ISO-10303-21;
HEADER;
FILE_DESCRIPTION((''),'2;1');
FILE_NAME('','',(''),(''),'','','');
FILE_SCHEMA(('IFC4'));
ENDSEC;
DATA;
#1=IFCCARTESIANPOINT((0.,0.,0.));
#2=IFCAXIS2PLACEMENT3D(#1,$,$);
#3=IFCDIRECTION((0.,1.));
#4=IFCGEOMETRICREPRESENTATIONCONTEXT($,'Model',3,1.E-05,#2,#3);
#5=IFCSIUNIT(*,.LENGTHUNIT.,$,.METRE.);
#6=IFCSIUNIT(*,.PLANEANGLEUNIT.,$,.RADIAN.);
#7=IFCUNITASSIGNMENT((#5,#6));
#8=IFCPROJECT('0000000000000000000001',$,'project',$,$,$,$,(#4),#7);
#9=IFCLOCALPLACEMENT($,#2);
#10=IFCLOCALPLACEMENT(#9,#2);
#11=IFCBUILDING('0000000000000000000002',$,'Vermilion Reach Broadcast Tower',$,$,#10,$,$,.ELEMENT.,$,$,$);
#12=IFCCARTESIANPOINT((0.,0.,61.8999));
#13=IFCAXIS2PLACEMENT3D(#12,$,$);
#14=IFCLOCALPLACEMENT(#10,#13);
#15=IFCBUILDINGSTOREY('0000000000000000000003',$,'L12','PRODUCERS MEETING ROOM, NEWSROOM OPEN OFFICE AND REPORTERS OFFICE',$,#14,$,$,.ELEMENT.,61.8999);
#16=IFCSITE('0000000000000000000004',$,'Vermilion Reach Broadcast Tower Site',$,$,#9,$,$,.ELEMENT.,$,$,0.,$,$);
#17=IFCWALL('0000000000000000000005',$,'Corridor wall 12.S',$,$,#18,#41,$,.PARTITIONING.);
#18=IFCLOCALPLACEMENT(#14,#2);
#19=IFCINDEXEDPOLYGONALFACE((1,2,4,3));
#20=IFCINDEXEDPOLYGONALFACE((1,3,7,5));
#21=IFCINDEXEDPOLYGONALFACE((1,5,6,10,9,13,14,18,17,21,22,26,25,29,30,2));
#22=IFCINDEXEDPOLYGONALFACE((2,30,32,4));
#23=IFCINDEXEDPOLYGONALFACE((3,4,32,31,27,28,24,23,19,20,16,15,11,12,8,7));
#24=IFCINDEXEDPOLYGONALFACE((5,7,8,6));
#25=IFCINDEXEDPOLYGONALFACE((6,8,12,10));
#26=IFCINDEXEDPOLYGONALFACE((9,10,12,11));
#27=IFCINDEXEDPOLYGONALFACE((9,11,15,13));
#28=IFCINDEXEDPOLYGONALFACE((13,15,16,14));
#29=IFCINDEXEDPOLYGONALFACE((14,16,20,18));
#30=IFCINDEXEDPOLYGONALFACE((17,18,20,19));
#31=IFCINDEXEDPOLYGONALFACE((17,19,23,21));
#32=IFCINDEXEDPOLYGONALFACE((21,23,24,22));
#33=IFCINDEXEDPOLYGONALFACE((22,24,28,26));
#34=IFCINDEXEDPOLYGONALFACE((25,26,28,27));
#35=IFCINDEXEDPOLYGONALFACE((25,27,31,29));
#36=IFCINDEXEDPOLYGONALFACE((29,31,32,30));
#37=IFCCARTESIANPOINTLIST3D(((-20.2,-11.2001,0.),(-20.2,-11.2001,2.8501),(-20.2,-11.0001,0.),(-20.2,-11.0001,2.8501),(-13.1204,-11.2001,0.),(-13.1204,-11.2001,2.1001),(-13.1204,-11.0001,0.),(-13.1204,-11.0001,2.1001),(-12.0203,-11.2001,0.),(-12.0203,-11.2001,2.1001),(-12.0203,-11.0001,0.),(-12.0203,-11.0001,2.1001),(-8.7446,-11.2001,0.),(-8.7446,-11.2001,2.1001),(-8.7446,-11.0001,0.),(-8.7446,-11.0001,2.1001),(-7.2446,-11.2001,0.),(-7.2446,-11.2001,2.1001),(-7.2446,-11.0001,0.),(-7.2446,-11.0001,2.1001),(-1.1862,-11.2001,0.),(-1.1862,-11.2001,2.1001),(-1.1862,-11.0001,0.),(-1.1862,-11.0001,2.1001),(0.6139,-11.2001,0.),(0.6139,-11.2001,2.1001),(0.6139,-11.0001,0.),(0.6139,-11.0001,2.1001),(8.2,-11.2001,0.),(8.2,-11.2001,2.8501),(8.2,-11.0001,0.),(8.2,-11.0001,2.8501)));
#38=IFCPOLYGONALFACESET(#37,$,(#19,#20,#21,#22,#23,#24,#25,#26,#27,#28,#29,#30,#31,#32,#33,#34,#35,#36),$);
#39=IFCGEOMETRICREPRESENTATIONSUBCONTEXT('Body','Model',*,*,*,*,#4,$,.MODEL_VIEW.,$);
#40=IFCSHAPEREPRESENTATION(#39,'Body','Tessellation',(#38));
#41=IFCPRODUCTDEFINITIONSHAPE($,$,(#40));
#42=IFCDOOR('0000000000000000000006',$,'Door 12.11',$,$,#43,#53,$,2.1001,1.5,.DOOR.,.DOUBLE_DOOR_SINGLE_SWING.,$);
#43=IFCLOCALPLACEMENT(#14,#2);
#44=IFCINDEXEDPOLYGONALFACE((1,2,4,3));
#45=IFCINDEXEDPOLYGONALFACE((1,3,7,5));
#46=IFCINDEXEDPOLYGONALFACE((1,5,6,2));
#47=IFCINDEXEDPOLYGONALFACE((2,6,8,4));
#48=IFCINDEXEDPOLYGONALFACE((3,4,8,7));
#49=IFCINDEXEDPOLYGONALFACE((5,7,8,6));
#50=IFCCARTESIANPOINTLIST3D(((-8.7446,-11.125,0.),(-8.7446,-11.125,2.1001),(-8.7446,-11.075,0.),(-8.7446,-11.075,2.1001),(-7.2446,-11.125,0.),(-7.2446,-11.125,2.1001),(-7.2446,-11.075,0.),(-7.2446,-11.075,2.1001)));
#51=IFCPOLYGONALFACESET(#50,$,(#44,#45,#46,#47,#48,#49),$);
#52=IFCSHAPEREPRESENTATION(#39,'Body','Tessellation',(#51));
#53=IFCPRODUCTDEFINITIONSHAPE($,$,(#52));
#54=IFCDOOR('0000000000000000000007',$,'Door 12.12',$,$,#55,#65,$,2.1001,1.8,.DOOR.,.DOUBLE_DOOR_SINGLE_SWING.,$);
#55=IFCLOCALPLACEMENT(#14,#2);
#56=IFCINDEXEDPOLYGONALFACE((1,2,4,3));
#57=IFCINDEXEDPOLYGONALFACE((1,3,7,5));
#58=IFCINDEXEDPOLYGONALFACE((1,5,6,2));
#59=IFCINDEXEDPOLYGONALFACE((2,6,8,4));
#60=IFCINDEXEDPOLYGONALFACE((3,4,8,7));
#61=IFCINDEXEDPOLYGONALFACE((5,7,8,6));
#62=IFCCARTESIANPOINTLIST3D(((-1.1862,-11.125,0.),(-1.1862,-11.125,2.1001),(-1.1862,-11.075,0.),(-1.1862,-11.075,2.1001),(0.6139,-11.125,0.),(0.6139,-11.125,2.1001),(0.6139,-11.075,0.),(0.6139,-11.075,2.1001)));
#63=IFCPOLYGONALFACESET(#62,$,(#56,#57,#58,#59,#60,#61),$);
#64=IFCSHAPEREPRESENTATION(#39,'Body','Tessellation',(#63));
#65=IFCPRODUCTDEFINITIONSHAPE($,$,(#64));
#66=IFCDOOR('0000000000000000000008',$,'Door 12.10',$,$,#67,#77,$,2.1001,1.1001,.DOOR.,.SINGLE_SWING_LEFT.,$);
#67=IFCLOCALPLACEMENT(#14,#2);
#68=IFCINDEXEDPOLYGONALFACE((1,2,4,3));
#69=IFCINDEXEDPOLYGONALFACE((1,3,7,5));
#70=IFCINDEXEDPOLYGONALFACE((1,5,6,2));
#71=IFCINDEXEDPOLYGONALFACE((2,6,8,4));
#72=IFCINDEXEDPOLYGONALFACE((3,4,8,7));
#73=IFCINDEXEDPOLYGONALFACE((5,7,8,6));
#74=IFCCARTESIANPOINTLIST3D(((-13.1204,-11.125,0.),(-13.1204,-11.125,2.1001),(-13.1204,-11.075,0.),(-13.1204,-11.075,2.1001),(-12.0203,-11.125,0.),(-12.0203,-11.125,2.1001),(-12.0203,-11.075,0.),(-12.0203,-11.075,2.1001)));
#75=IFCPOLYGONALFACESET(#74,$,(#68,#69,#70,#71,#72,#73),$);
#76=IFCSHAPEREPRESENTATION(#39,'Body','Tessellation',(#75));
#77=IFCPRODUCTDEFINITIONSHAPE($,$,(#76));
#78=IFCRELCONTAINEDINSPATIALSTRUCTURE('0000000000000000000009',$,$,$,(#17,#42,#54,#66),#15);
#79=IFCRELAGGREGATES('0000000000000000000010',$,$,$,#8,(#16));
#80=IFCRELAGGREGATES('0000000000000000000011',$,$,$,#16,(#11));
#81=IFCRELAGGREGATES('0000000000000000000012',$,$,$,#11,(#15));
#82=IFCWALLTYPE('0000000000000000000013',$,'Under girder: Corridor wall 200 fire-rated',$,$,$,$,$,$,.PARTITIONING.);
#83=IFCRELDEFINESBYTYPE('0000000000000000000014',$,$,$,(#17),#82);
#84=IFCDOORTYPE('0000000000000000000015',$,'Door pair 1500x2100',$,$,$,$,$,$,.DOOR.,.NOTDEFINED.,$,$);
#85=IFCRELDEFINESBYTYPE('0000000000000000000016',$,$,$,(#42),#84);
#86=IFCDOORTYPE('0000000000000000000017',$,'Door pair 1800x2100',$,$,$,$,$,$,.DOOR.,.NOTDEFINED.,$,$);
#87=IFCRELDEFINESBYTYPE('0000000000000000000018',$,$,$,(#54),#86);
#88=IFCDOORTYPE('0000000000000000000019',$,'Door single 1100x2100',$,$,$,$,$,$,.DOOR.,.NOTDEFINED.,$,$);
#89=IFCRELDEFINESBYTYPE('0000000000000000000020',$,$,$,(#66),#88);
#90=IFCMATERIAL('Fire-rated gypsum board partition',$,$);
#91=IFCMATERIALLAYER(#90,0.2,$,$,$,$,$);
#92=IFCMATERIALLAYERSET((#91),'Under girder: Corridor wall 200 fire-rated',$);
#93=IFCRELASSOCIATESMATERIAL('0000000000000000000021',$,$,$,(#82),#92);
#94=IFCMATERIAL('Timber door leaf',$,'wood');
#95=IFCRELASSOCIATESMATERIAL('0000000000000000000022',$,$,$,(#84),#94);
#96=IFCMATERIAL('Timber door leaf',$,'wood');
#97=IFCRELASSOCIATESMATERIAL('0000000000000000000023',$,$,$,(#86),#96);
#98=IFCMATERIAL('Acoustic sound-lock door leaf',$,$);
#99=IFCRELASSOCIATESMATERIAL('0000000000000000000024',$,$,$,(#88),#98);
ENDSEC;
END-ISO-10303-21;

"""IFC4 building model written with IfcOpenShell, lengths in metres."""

from ifc_helpers import new_model, si_unit, direction, frame, frame_2d, origin, place, context, subcontext, project, spatial, rectangle, extrude, material, layer, layer_set, type_object, element, fill, save


model = new_model("IFC4")

# Units and contexts
model_context = context("Model", 3, precision=1e-05, world=origin(), true_north=direction((0.0, 1.0)))
body_context = subcontext(model_context, "Body", "Model", "MODEL_VIEW")
ifc_project = project(units=[si_unit("LENGTHUNIT", "METRE"), si_unit("PLANEANGLEUNIT", "RADIAN")], contexts=[model_context])

# Site, building, storey
site_placement = place(None, origin())
site = spatial("IfcSite", under=ifc_project, at=site_placement, Name="Vermilion Reach Broadcast Tower Site", CompositionType="ELEMENT", RefElevation=0.0)
building_placement = place(site_placement, origin())
building = spatial("IfcBuilding", under=site, at=building_placement, Name="Vermilion Reach Broadcast Tower", CompositionType="ELEMENT")
storey_placement = place(building_placement, frame((0.0, 0.0, 61.8999)))
storey = spatial("IfcBuildingStorey", under=building, at=storey_placement, Name="L12", Description="PRODUCERS MEETING ROOM, NEWSROOM OPEN OFFICE AND REPORTERS OFFICE", CompositionType="ELEMENT", Elevation=61.8999)

# Wall, openings, doors
ifc_material_1 = material(Name="Fire-rated gypsum board partition")
ifc_layer_1 = layer(ifc_material_1, 0.2)
ifc_layer_set_1 = layer_set([ifc_layer_1], Name="Under girder: Corridor wall 200 fire-rated")
wall_type_1 = type_object("IfcWallType", Name="Under girder: Corridor wall 200 fire-rated", PredefinedType="PARTITIONING", material=ifc_layer_set_1)
wall_1_placement = place(storey_placement, frame((8.2, -11.1001, 0.0), z_axis=(0.0, 0.0, 1.0), x_axis=(-1.0, 0.0, 0.0)))
wall_1 = element("IfcWall", 1, at=wall_1_placement, inside=storey, type_object=wall_type_1, Name="Corridor wall 12.S", PredefinedType="PARTITIONING", context=body_context, shape_type="SweptSolid", body=[
    extrude(rectangle(XDim=28.3999, YDim=0.2, at=frame_2d((14.2, 0.0))), origin(), (0.0, 0.0, 1.0), 2.8501),
])
opening_1_placement = place(wall_1_placement, frame((20.2202, 0.0, 0.0)))
opening_1 = element("IfcOpeningElement", 2, at=opening_1_placement, cuts=wall_1, PredefinedType="OPENING", context=body_context, shape_type="SweptSolid", body=[
    extrude(rectangle(XDim=1.1001, YDim=2.1001, at=frame_2d((0.55, 1.05))), frame((0.0, 0.1099, 0.0), z_axis=(0.0, -1.0, 0.0), x_axis=(1.0, 0.0, 0.0)), (0.0, 0.0, 1.0), 0.22),
])
opening_2_placement = place(wall_1_placement, frame((15.4446, 0.0, 0.0)))
opening_2 = element("IfcOpeningElement", 3, at=opening_2_placement, cuts=wall_1, PredefinedType="OPENING", context=body_context, shape_type="SweptSolid", body=[
    extrude(rectangle(XDim=1.5, YDim=2.1001, at=frame_2d((0.75, 1.05))), frame((0.0, 0.1099, 0.0), z_axis=(0.0, -1.0, 0.0), x_axis=(1.0, 0.0, 0.0)), (0.0, 0.0, 1.0), 0.22),
])
opening_3_placement = place(wall_1_placement, frame((7.5862, 0.0, 0.0)))
opening_3 = element("IfcOpeningElement", 4, at=opening_3_placement, cuts=wall_1, PredefinedType="OPENING", context=body_context, shape_type="SweptSolid", body=[
    extrude(rectangle(XDim=1.8, YDim=2.1001, at=frame_2d((0.8999, 1.05))), frame((0.0, 0.1099, 0.0), z_axis=(0.0, -1.0, 0.0), x_axis=(1.0, 0.0, 0.0)), (0.0, 0.0, 1.0), 0.22),
])
ifc_material_2 = material(Name="Timber door leaf", Category="wood")
door_type_1 = type_object("IfcDoorType", Name="Door pair 1500x2100", OperationType="NOTDEFINED", PredefinedType="DOOR", material=ifc_material_2)
door_1_placement = place(opening_2_placement, origin())
door_1 = element("IfcDoor", 5, at=door_1_placement, inside=storey, type_object=door_type_1, Name="Door 12.11", OperationType="DOUBLE_DOOR_SINGLE_SWING", OverallHeight=2.1001, OverallWidth=1.5, PredefinedType="DOOR", context=body_context, shape_type="SweptSolid", body=[
    extrude(rectangle(XDim=1.5, YDim=2.1001, at=frame_2d((0.75, 1.05))), frame((0.0, 0.0249, 0.0), z_axis=(0.0, -1.0, 0.0), x_axis=(1.0, 0.0, 0.0)), (0.0, 0.0, 1.0), 0.05),
])
fill(opening_2, door_1)
ifc_material_3 = material(Name="Timber door leaf", Category="wood")
door_type_2 = type_object("IfcDoorType", Name="Door pair 1800x2100", OperationType="NOTDEFINED", PredefinedType="DOOR", material=ifc_material_3)
door_2_placement = place(opening_3_placement, origin())
door_2 = element("IfcDoor", 6, at=door_2_placement, inside=storey, type_object=door_type_2, Name="Door 12.12", OperationType="DOUBLE_DOOR_SINGLE_SWING", OverallHeight=2.1001, OverallWidth=1.8, PredefinedType="DOOR", context=body_context, shape_type="SweptSolid", body=[
    extrude(rectangle(XDim=1.8, YDim=2.1001, at=frame_2d((0.8999, 1.05))), frame((0.0, 0.0249, 0.0), z_axis=(0.0, -1.0, 0.0), x_axis=(1.0, 0.0, 0.0)), (0.0, 0.0, 1.0), 0.05),
])
fill(opening_3, door_2)
ifc_material_4 = material(Name="Acoustic sound-lock door leaf")
door_type_3 = type_object("IfcDoorType", Name="Door single 1100x2100", OperationType="NOTDEFINED", PredefinedType="DOOR", material=ifc_material_4)
door_3_placement = place(opening_1_placement, origin())
door_3 = element("IfcDoor", 7, at=door_3_placement, inside=storey, type_object=door_type_3, Name="Door 12.10", OperationType="SINGLE_SWING_LEFT", OverallHeight=2.1001, OverallWidth=1.1001, PredefinedType="DOOR", context=body_context, shape_type="SweptSolid", body=[
    extrude(rectangle(XDim=1.1001, YDim=2.1001, at=frame_2d((0.55, 1.05))), frame((0.0, 0.0249, 0.0), z_axis=(0.0, -1.0, 0.0), x_axis=(1.0, 0.0, 0.0)), (0.0, 0.0, 1.0), 0.05),
])
fill(opening_1, door_3)

save(model, "model.ifc")
